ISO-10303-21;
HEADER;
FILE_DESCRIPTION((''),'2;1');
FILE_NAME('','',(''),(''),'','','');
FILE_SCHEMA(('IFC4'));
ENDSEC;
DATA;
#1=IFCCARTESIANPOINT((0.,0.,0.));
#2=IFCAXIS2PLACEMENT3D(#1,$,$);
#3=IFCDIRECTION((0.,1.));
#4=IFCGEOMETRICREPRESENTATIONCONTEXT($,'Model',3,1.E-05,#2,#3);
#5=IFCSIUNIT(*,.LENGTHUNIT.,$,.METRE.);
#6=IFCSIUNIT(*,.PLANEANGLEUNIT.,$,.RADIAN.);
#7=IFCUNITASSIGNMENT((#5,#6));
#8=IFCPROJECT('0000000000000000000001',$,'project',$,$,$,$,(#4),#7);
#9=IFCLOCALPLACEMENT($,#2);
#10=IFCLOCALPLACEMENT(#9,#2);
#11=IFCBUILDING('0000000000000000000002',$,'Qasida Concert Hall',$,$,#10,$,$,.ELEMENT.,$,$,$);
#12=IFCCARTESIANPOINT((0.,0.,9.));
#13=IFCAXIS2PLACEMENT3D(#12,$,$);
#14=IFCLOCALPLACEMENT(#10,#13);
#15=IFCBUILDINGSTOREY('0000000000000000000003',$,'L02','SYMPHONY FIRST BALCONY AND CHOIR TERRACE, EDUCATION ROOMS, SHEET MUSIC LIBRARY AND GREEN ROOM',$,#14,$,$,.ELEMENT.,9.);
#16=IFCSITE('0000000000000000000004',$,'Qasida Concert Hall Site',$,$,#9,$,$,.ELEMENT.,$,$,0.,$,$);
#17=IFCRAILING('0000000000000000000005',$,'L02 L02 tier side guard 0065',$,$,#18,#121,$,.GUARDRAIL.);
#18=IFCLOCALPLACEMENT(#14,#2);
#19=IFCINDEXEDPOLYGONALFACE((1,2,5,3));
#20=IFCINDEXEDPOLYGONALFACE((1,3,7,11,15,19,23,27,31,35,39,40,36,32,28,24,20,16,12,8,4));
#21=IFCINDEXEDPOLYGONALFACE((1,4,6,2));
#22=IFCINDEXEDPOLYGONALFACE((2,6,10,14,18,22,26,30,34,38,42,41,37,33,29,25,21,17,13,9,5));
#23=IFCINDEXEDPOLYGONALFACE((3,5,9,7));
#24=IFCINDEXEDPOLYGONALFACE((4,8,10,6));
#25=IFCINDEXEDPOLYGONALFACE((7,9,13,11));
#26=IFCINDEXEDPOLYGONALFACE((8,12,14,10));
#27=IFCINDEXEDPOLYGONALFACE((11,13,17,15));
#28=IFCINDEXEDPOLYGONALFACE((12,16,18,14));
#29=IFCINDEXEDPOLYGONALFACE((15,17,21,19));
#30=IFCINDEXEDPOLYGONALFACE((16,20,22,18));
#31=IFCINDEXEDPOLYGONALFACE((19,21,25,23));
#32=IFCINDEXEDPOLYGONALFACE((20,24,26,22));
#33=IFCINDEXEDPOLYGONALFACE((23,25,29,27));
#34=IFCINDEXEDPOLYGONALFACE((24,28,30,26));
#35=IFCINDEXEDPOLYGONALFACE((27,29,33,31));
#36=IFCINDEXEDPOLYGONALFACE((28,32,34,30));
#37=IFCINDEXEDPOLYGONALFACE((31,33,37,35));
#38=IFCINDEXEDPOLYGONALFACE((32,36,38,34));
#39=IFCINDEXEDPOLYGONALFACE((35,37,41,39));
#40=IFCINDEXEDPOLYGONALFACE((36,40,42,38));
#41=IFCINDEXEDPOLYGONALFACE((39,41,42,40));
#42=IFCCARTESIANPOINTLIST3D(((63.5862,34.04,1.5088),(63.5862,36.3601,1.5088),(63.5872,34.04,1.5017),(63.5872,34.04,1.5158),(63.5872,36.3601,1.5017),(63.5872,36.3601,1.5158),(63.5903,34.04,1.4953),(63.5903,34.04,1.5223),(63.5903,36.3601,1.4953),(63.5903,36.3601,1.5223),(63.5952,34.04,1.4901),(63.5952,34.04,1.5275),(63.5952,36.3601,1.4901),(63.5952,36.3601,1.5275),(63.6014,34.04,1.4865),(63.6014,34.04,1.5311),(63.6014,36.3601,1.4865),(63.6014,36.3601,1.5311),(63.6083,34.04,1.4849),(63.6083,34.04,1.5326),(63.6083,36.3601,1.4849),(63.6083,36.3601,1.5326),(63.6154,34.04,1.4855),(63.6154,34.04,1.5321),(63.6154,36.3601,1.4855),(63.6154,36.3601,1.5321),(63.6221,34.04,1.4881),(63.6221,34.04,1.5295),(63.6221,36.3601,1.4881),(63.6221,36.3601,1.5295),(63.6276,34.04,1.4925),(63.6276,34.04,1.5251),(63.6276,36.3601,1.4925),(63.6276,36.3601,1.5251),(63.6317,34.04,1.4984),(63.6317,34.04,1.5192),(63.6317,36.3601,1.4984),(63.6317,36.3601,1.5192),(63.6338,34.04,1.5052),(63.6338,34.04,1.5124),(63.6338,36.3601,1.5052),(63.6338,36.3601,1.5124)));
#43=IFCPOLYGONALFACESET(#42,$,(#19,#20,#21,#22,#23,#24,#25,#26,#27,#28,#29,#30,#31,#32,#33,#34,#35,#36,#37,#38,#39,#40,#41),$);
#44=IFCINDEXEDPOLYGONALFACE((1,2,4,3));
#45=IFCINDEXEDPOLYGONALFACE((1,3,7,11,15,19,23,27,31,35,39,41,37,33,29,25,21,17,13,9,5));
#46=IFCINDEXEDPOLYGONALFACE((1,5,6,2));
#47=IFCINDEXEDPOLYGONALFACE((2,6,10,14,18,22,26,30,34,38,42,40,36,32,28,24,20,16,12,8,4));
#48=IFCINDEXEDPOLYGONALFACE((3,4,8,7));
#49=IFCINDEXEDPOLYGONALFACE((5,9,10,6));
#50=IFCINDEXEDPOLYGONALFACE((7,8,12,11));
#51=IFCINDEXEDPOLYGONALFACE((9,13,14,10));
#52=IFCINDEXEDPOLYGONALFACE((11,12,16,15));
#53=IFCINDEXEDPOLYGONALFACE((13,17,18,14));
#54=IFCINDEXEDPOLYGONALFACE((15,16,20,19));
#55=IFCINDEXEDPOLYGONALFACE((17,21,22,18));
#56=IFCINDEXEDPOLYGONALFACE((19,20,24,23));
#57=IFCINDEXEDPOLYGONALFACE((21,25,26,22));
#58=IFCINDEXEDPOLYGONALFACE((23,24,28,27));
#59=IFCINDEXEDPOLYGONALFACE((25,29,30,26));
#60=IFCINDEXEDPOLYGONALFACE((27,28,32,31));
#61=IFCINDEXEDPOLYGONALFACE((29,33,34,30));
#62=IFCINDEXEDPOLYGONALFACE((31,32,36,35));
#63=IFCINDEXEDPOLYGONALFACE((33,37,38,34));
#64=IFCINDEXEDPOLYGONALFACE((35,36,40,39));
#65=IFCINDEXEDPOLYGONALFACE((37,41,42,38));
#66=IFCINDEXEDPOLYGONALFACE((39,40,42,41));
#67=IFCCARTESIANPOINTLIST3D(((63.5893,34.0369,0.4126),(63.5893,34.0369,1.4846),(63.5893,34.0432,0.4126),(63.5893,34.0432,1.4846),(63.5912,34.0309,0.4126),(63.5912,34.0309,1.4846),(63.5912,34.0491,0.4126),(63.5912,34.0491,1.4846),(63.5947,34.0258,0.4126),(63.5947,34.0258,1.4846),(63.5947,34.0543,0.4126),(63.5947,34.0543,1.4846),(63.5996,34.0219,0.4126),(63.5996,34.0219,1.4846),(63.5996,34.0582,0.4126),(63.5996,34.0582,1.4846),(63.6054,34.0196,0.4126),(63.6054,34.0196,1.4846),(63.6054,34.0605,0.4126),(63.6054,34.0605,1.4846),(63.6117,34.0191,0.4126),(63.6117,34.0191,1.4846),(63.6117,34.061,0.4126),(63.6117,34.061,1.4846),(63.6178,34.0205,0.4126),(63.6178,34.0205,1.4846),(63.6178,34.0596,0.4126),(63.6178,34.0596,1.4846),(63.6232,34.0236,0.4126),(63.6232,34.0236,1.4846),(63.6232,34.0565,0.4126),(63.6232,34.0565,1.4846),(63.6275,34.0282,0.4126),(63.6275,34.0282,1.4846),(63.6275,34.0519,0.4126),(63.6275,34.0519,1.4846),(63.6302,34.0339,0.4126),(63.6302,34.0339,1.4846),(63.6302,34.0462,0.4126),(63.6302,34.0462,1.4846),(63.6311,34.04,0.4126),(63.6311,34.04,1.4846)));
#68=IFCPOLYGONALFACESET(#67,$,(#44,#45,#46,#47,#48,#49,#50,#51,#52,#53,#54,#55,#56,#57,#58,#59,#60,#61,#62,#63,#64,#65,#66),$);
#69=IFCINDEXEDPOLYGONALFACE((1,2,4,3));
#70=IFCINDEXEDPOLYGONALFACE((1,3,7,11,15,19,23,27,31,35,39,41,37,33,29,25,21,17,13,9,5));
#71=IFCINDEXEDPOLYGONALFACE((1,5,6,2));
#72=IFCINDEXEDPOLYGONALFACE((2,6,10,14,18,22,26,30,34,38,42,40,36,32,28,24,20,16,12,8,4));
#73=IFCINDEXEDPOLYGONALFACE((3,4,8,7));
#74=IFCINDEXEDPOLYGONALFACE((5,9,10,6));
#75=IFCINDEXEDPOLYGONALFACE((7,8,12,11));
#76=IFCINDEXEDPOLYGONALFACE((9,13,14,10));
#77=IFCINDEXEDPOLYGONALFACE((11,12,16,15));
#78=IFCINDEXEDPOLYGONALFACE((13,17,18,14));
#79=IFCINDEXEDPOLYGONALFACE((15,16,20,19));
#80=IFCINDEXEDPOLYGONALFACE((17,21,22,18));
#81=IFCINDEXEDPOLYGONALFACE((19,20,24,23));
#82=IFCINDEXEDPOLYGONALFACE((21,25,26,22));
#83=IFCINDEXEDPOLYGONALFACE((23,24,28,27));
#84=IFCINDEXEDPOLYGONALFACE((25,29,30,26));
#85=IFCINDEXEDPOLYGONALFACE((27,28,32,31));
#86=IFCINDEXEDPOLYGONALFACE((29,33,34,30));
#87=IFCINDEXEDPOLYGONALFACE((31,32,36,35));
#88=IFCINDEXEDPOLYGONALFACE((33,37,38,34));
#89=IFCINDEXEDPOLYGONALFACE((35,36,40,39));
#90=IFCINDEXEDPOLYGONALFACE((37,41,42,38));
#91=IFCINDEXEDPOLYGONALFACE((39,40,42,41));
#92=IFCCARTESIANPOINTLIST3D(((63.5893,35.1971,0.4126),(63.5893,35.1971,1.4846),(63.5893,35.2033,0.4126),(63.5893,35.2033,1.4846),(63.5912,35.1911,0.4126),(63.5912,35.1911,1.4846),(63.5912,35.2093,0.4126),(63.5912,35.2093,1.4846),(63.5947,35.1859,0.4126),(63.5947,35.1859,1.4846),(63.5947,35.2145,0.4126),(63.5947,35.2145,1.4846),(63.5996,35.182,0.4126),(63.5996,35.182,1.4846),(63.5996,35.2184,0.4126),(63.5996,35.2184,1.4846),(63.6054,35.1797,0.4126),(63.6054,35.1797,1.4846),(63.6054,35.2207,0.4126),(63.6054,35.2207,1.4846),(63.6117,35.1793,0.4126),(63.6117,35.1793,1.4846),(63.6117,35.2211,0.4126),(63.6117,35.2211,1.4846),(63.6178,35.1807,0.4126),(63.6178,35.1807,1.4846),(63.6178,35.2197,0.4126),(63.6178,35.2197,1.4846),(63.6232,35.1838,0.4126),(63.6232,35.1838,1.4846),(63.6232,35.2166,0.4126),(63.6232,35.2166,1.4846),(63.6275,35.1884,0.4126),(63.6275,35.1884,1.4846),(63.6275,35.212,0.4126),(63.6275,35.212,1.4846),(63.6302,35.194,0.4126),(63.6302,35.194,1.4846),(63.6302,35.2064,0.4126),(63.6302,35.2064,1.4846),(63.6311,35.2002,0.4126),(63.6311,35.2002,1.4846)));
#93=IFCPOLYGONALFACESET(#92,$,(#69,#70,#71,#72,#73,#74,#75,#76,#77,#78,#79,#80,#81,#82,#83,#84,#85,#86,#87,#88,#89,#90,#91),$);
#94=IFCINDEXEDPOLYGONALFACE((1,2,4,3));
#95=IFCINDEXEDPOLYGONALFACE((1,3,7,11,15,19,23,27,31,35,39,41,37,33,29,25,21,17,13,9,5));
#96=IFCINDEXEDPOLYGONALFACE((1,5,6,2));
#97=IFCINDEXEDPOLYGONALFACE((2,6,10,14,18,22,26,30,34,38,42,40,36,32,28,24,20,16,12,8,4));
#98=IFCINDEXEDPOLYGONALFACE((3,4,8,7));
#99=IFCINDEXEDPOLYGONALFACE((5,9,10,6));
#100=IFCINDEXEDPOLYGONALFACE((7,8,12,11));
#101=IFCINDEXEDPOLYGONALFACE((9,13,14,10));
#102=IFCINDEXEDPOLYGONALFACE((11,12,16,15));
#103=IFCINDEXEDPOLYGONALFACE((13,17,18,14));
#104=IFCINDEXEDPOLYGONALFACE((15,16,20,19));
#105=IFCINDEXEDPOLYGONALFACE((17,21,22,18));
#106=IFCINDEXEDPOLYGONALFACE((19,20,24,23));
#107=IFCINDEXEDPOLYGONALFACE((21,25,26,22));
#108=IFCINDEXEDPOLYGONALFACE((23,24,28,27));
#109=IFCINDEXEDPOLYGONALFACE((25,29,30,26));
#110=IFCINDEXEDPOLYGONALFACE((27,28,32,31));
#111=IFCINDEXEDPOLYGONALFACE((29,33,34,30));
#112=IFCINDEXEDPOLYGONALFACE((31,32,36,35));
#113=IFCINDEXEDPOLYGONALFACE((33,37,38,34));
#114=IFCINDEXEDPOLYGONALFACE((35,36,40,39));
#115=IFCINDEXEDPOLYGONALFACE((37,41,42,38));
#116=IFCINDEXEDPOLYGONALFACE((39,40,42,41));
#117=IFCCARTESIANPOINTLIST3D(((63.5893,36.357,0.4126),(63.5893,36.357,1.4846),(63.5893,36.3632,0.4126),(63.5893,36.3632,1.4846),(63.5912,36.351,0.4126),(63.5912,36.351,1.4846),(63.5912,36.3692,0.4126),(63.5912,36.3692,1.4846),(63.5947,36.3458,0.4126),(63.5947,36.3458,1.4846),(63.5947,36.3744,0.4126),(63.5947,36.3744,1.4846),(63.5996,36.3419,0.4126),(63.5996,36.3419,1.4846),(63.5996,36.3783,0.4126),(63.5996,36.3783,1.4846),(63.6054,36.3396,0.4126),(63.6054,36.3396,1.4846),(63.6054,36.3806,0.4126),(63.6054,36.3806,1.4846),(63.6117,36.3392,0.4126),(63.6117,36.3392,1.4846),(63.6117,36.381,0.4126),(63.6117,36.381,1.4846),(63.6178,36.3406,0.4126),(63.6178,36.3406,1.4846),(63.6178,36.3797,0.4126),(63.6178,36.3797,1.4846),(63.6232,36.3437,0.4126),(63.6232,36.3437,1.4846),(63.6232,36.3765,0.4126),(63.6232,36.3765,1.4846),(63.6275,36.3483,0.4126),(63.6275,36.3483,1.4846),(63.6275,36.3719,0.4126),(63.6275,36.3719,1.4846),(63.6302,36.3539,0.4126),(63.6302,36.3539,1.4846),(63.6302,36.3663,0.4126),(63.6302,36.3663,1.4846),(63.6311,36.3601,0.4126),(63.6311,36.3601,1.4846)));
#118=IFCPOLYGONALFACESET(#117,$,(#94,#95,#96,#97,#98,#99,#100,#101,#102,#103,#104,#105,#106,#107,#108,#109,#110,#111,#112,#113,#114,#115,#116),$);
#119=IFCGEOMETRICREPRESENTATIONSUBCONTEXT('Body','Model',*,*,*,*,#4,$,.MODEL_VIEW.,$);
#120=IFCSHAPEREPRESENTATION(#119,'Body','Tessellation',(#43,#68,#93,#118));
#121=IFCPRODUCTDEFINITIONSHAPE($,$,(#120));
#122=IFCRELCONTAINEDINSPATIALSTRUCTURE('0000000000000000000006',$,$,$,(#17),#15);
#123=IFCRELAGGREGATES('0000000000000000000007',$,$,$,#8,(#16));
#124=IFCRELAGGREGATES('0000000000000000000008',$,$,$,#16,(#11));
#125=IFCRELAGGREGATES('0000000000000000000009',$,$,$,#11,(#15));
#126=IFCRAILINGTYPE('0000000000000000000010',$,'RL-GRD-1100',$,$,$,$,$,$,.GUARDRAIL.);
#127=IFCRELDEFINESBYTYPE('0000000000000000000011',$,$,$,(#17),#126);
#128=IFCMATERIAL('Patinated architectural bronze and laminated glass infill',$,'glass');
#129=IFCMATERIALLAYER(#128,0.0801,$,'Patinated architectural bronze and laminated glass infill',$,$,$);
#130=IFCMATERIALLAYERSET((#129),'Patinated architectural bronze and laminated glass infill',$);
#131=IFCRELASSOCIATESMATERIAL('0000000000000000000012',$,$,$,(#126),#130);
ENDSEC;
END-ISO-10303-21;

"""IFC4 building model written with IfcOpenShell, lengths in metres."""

from ifc_helpers import new_model, si_unit, direction, frame, origin, origin_2d, place, context, subcontext, project, spatial, circle, extrude, material, layer, layer_set, type_object, element, save


model = new_model("IFC4")

# Units and contexts
model_context = context("Model", 3, precision=1e-05, world=origin(), true_north=direction((0.0, 1.0)))
body_context = subcontext(model_context, "Body", "Model", "MODEL_VIEW")
ifc_project = project(units=[si_unit("LENGTHUNIT", "METRE"), si_unit("PLANEANGLEUNIT", "RADIAN")], contexts=[model_context])

# Site, building, storey
site_placement = place(None, origin())
site = spatial("IfcSite", under=ifc_project, at=site_placement, Name="Qasida Concert Hall Site", CompositionType="ELEMENT", RefElevation=0.0)
building_placement = place(site_placement, origin())
building = spatial("IfcBuilding", under=site, at=building_placement, Name="Qasida Concert Hall", CompositionType="ELEMENT")
storey_placement = place(building_placement, frame((0.0, 0.0, 9.0)))
storey = spatial("IfcBuildingStorey", under=building, at=storey_placement, Name="L02", Description="SYMPHONY FIRST BALCONY AND CHOIR TERRACE, EDUCATION ROOMS, SHEET MUSIC LIBRARY AND GREEN ROOM", CompositionType="ELEMENT", Elevation=9.0)

# Railing
ifc_material_1 = material(Name="Patinated architectural bronze and laminated glass infill", Category="glass")
ifc_layer_1 = layer(ifc_material_1, 0.0801, Name="Patinated architectural bronze and laminated glass infill")
ifc_layer_set_1 = layer_set([ifc_layer_1], Name="Patinated architectural bronze and laminated glass infill")
railing_type = type_object("IfcRailingType", Name="RL-GRD-1100", PredefinedType="GUARDRAIL", material=ifc_layer_set_1)
for number, where, name in (
    (1, (63.6101, 34.04, 0.4126), "L02 L02 tier side guard 0065"),
):
    element("IfcRailing", number, at=place(storey_placement, frame(where)), inside=storey, type_object=railing_type, Name=name, PredefinedType="GUARDRAIL", context=body_context, shape_type="SweptSolid", body=[
        extrude(circle(Radius=0.0239, at=origin_2d()), frame((0.0, 0.0, 1.0962), z_axis=(0.0, 1.0, 0.0), x_axis=(-1.0, 0.0, 0.0)), (0.0, 0.0, 1.0), 2.3201),
        extrude(circle(Radius=0.021, at=origin_2d()), origin(), (0.0, 0.0, 1.0), 1.072),
        extrude(circle(Radius=0.021, at=origin_2d()), frame((0.0, 1.1602, 0.0)), (0.0, 0.0, 1.0), 1.072),
        extrude(circle(Radius=0.021, at=origin_2d()), frame((0.0, 2.3201, 0.0)), (0.0, 0.0, 1.0), 1.072),
    ])

save(model, "model.ifc")
